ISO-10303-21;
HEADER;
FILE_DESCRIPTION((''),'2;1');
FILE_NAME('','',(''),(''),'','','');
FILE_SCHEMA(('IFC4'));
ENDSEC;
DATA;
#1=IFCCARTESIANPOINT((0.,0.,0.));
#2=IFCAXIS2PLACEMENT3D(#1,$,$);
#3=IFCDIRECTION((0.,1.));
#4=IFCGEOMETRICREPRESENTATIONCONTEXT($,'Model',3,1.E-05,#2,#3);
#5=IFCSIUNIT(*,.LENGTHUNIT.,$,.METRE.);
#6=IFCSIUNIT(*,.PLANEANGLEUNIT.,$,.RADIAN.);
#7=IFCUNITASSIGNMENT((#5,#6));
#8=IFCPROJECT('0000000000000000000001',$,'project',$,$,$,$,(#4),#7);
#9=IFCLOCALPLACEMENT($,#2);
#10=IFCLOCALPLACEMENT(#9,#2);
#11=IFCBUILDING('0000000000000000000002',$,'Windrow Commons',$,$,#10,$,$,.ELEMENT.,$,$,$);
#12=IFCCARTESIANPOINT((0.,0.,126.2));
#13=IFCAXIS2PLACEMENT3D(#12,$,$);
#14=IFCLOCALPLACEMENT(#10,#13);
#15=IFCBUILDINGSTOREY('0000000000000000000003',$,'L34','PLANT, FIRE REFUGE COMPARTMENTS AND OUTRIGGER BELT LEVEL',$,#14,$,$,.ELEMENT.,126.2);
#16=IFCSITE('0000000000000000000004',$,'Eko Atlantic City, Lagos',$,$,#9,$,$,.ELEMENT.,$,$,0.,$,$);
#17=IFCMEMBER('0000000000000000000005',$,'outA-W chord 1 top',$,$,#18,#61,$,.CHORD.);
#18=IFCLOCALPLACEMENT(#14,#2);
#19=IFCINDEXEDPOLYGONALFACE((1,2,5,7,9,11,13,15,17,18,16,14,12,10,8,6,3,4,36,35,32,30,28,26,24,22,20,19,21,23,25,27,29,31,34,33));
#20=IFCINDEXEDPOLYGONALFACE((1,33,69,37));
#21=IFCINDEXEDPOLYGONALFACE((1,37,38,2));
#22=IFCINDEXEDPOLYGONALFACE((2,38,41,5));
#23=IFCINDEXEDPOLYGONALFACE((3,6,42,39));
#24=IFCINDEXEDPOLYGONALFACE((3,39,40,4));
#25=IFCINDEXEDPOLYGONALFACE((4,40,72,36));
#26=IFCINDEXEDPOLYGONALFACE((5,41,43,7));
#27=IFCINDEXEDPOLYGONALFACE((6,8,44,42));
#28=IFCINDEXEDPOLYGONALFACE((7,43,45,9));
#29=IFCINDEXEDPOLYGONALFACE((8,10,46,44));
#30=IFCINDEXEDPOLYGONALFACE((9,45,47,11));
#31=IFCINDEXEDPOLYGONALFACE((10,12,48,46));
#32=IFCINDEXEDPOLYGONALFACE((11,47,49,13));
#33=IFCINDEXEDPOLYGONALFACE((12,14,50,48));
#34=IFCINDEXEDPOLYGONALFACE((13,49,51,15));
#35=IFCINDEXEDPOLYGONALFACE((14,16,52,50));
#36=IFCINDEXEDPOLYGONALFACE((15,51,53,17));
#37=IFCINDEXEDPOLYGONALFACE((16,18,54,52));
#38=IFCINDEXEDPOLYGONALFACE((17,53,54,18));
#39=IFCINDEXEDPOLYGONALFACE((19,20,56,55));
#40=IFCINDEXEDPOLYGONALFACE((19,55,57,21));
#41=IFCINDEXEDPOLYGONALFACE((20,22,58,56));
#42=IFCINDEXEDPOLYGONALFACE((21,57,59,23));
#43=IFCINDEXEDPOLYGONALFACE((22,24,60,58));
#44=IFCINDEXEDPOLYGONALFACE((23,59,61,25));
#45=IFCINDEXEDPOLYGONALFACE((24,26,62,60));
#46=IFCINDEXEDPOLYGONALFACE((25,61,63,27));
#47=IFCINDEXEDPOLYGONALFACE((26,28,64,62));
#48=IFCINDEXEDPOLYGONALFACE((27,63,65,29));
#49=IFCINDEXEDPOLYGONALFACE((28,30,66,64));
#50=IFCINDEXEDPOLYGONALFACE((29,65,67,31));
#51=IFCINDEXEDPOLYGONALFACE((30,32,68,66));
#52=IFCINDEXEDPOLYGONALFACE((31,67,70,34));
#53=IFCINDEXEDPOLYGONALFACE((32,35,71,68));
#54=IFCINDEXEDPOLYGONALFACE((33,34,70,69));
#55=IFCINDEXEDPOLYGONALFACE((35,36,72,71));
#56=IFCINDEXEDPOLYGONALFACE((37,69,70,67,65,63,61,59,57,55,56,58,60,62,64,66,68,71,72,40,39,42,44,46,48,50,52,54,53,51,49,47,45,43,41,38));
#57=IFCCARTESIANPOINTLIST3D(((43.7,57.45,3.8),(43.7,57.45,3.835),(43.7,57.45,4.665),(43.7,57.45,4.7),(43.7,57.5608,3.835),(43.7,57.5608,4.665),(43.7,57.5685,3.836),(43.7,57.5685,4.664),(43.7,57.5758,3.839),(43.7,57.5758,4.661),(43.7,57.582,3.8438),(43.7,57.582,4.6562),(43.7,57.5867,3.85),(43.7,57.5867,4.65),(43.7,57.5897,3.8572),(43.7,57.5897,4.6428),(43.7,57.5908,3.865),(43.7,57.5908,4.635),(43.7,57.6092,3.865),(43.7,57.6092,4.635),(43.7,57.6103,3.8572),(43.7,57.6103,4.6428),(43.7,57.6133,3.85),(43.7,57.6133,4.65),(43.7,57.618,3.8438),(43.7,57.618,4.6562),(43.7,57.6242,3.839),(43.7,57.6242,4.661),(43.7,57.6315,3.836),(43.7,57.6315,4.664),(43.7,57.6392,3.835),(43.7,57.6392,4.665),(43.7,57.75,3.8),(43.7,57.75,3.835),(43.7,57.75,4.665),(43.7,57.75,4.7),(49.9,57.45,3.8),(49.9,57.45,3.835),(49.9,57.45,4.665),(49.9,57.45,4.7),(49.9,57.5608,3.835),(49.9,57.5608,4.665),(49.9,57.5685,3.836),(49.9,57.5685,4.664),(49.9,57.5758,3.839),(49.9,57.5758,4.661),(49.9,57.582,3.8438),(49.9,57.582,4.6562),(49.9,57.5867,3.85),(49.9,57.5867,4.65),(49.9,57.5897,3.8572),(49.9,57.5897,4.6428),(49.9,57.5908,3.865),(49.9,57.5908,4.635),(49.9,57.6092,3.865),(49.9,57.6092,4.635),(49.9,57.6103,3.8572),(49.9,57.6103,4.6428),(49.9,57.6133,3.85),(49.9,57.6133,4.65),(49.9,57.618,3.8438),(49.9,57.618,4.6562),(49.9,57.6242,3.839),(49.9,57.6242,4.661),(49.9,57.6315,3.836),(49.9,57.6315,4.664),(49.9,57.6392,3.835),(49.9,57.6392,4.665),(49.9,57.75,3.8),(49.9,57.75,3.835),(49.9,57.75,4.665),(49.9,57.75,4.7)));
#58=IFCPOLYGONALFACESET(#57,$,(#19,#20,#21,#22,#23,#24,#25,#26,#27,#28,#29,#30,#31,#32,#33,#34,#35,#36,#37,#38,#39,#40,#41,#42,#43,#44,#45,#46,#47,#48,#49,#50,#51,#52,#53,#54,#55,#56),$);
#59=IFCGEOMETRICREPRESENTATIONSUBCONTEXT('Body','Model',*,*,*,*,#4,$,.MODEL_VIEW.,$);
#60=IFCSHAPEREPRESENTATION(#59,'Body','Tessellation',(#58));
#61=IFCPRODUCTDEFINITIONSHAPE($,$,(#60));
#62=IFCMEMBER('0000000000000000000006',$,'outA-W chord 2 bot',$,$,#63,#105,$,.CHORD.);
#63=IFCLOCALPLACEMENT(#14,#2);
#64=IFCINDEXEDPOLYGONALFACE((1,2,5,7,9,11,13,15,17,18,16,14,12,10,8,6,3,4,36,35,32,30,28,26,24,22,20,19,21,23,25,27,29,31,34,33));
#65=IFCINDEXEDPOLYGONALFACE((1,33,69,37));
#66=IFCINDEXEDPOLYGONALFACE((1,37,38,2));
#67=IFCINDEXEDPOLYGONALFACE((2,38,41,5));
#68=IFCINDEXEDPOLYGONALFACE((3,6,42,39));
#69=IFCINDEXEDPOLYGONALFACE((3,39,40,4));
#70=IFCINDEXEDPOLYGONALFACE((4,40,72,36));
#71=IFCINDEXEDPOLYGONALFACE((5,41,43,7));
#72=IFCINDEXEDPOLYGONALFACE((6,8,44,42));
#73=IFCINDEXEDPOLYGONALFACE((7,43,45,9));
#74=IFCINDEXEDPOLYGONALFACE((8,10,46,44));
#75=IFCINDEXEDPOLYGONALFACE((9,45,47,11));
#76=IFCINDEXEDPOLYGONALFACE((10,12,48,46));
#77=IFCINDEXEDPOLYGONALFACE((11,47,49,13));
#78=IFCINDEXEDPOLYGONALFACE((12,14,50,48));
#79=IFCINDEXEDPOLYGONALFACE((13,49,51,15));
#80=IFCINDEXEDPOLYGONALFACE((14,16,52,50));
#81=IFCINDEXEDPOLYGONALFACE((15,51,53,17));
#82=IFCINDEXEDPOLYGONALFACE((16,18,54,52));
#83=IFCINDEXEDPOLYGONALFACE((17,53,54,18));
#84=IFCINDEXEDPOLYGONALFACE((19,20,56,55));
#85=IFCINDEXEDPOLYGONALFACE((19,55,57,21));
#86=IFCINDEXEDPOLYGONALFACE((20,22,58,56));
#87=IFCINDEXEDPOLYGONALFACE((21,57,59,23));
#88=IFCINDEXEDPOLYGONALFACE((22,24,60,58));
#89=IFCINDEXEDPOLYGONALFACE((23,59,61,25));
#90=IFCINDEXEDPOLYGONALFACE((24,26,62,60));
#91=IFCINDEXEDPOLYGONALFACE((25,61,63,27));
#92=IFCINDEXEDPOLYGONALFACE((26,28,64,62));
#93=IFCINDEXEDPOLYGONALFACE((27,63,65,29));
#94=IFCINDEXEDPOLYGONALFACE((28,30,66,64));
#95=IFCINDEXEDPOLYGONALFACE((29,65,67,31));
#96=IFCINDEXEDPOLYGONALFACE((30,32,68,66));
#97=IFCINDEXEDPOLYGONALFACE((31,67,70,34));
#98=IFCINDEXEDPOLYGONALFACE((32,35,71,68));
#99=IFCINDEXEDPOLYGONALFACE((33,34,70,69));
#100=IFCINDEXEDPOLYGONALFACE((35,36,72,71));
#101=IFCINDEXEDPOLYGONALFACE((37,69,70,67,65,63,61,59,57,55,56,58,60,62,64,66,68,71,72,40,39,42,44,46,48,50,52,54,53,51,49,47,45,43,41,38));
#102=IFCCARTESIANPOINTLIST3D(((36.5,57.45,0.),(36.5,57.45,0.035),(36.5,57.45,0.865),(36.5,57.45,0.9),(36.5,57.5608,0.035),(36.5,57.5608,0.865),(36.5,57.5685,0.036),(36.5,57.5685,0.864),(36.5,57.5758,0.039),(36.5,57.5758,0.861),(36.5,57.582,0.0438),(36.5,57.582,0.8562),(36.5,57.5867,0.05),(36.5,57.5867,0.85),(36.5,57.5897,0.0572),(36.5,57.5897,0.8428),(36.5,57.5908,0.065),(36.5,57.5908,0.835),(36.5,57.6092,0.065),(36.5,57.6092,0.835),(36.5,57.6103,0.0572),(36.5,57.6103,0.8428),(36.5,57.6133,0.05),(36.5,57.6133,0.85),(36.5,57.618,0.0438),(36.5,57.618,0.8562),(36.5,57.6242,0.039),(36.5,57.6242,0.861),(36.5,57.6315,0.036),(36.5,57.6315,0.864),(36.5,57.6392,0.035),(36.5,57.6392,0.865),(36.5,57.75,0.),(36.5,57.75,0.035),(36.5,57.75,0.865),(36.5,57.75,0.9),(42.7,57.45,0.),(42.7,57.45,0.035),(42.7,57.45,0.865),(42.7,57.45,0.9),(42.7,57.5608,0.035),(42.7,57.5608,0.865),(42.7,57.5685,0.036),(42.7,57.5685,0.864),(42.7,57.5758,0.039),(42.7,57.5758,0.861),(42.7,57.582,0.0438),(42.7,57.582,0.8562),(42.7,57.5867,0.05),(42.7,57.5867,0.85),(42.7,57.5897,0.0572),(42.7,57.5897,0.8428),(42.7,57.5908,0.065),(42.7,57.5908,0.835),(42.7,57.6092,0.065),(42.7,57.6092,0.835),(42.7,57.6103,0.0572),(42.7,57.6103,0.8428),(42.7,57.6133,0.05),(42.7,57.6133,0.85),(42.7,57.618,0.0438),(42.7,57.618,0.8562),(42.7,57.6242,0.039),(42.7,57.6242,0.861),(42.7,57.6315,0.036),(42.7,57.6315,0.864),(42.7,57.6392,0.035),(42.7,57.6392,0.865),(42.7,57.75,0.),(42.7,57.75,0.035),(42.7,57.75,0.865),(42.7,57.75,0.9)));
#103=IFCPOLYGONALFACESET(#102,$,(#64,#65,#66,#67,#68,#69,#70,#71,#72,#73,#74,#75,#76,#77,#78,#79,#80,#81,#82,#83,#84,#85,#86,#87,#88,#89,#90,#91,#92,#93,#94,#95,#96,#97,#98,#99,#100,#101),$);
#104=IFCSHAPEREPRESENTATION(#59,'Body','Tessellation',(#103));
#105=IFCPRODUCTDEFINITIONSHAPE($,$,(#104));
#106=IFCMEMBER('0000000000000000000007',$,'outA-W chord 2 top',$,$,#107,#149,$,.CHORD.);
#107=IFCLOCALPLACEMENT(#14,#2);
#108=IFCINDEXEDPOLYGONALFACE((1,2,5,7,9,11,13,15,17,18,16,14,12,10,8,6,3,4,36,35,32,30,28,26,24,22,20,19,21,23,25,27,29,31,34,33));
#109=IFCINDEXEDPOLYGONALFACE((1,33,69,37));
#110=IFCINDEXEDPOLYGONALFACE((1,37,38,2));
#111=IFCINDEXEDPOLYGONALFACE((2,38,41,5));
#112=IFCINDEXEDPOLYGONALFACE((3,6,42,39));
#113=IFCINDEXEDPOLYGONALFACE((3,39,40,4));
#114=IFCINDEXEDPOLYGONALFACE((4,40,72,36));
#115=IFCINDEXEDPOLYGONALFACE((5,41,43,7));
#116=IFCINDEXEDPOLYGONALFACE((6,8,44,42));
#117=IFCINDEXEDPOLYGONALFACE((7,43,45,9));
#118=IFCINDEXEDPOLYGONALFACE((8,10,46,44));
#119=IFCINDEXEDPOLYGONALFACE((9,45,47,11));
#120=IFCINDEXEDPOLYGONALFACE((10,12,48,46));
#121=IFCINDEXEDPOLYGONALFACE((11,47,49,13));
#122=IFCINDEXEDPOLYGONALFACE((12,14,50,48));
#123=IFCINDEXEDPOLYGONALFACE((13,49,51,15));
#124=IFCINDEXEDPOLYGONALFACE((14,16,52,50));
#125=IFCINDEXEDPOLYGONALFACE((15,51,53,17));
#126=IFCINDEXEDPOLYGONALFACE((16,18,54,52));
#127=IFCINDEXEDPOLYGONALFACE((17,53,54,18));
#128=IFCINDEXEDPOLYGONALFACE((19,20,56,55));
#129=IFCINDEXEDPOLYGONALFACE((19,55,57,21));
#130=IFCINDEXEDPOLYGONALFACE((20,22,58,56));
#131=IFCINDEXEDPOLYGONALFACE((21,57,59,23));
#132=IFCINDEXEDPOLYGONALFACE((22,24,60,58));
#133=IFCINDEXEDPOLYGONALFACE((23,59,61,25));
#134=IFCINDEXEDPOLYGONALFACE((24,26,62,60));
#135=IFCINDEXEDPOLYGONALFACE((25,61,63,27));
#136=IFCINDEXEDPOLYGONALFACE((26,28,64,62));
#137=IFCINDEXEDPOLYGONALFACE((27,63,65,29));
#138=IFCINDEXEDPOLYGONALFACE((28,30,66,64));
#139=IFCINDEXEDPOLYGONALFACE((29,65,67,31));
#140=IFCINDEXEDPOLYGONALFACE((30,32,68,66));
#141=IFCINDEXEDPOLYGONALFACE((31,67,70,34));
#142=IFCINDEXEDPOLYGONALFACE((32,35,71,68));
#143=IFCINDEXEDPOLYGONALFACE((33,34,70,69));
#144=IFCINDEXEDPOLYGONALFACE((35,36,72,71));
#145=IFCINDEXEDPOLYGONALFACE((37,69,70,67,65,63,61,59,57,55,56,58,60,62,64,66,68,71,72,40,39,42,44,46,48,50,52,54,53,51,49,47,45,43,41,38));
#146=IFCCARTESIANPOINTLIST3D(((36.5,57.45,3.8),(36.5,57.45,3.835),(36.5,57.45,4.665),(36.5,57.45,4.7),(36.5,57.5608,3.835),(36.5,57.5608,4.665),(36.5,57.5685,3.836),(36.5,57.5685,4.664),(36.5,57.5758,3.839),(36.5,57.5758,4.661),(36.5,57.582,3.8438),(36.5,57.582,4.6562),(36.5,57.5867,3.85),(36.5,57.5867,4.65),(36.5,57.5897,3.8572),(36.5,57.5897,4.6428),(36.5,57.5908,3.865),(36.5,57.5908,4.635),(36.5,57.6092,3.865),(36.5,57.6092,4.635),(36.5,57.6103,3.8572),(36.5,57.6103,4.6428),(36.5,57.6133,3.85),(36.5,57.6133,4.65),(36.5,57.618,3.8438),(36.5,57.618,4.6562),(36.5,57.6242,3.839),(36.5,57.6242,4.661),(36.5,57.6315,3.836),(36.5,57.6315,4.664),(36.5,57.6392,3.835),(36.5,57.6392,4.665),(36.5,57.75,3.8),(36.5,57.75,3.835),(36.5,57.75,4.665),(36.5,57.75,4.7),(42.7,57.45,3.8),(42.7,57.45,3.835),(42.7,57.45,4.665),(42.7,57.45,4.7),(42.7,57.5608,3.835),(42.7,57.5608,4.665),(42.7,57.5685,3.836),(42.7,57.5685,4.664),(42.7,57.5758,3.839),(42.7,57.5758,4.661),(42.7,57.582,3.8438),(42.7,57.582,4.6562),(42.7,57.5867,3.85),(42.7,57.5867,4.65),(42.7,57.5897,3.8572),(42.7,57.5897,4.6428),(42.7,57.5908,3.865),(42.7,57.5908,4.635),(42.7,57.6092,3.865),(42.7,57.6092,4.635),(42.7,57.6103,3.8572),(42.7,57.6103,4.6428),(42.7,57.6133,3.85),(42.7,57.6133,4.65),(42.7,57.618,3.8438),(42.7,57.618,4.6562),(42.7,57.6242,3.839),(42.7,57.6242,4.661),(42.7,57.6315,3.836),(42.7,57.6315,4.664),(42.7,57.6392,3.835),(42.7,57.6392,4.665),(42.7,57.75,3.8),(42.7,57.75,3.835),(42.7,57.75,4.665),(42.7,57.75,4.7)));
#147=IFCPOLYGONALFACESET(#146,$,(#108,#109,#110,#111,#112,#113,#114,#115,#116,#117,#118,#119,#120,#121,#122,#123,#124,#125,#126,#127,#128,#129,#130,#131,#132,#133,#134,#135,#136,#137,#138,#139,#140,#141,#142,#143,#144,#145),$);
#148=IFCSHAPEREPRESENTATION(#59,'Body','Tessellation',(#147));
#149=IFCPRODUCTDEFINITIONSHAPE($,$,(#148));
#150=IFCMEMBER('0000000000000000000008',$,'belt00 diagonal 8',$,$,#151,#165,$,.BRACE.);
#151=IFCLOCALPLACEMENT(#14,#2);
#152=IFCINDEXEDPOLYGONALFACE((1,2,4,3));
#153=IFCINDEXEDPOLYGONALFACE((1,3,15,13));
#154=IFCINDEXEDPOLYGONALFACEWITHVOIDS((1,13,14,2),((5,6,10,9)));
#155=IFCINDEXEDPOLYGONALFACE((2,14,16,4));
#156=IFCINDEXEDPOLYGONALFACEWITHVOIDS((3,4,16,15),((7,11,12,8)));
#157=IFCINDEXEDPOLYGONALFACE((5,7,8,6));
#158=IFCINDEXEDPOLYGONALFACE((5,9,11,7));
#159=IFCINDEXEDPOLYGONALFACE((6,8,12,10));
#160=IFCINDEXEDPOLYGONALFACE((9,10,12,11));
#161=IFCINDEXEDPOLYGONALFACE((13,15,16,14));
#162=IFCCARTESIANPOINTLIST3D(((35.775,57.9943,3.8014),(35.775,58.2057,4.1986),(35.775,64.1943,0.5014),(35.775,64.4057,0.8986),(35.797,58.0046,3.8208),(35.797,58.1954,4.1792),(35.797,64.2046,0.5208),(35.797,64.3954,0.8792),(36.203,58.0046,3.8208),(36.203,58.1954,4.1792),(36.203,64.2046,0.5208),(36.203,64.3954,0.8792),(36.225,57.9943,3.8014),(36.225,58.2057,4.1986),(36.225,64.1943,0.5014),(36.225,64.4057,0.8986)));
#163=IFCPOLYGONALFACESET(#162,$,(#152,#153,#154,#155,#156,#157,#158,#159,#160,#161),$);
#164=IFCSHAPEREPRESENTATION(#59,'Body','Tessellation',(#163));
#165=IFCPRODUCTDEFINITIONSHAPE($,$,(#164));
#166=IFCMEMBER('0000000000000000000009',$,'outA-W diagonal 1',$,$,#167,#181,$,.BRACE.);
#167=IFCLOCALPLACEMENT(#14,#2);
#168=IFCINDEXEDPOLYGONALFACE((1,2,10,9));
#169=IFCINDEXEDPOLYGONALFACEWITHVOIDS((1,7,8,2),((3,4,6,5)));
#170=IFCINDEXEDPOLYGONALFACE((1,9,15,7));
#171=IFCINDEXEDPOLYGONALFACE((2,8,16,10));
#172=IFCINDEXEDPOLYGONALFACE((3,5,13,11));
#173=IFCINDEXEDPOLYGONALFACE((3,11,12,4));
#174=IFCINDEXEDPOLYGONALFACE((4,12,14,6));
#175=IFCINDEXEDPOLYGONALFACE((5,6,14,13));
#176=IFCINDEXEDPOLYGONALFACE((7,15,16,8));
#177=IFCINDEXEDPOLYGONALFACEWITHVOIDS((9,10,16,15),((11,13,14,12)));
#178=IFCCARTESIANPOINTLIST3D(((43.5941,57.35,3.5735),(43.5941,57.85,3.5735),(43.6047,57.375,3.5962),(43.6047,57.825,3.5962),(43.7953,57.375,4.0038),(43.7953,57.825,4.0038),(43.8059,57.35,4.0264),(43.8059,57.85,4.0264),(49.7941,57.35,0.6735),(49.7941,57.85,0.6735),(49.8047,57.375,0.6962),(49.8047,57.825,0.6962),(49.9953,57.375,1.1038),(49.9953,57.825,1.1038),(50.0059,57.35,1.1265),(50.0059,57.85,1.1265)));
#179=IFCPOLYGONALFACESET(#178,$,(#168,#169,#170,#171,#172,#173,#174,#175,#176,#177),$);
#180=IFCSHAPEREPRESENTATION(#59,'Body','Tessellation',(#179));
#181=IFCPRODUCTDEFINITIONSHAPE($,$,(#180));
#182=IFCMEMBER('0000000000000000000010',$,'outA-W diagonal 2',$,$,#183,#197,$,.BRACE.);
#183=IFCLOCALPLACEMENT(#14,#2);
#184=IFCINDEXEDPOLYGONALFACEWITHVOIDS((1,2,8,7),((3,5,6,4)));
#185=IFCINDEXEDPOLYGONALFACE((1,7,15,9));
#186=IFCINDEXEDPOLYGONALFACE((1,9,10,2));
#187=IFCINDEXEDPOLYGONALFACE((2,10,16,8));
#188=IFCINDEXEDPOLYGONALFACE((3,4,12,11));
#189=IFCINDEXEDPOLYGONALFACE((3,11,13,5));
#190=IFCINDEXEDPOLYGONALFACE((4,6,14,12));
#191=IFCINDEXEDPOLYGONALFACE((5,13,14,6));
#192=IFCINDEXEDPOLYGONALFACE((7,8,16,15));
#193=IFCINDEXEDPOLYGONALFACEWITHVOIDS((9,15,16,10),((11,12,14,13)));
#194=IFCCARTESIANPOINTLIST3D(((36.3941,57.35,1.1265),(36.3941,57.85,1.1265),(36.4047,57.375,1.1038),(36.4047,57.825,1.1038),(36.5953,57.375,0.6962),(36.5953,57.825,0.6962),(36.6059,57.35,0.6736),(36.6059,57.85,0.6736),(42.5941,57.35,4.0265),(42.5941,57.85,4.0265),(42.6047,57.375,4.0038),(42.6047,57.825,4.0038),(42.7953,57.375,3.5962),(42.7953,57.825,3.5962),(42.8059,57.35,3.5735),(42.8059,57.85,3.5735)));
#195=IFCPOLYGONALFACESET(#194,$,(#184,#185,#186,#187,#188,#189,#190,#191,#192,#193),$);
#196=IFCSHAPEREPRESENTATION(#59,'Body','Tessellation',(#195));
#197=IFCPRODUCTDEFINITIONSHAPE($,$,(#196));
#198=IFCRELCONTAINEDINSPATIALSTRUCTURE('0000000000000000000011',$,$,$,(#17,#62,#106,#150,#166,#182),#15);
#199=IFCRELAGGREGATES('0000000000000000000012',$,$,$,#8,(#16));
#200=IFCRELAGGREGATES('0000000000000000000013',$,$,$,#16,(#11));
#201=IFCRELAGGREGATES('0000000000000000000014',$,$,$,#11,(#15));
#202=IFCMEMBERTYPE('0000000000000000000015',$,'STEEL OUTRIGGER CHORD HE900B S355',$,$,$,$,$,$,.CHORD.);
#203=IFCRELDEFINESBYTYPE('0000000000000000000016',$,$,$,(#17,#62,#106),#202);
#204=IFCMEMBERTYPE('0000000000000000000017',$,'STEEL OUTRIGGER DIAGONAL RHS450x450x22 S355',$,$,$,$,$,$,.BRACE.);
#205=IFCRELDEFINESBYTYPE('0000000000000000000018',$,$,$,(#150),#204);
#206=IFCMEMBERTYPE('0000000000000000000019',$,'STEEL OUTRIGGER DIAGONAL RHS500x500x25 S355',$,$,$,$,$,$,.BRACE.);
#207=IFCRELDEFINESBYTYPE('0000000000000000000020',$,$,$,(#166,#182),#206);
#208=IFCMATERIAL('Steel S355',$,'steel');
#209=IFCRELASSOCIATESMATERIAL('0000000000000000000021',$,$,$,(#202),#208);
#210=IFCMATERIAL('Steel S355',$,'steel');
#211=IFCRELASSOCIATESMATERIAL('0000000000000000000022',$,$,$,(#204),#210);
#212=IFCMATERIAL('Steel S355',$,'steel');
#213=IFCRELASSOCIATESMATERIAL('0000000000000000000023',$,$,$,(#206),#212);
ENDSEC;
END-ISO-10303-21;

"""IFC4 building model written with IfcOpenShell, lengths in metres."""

from ifc_helpers import new_model, si_unit, direction, frame, origin, origin_2d, place, context, subcontext, project, spatial, hollow_rectangle, i_section, extrude, material, material_profile, profile_set, type_object, element, save


model = new_model("IFC4")

# Units and contexts
model_context = context("Model", 3, precision=1e-05, world=origin(), true_north=direction((0.0, 1.0)))
body_context = subcontext(model_context, "Body", "Model", "MODEL_VIEW")
ifc_project = project(units=[si_unit("LENGTHUNIT", "METRE"), si_unit("PLANEANGLEUNIT", "RADIAN")], contexts=[model_context])

# Site, building, storey
site_placement = place(None, origin())
site = spatial("IfcSite", under=ifc_project, at=site_placement, Name="Eko Atlantic City, Lagos", CompositionType="ELEMENT", RefElevation=0.0)
building_placement = place(site_placement, origin())
building = spatial("IfcBuilding", under=site, at=building_placement, Name="Windrow Commons", CompositionType="ELEMENT")
storey_placement = place(building_placement, frame((0.0, 0.0, 126.2)))
storey = spatial("IfcBuildingStorey", under=building, at=storey_placement, Name="L34", Description="PLANT, FIRE REFUGE COMPARTMENTS AND OUTRIGGER BELT LEVEL", CompositionType="ELEMENT", Elevation=126.2)

# Members
ifc_material_1 = material(Name="Steel S355", Category="steel")
ifc_material_profile_1 = material_profile(ifc_material_1, i_section(OverallWidth=0.3, OverallDepth=0.9, WebThickness=0.0185, FlangeThickness=0.035, FilletRadius=0.03, at=origin_2d()))
ifc_profile_set_1 = profile_set([ifc_material_profile_1], Name="Steel S355")
member_type_1 = type_object("IfcMemberType", Name="STEEL OUTRIGGER CHORD HE900B S355", PredefinedType="CHORD", material=ifc_profile_set_1)
for number, where, z_axis, x_axis, name in (
    (1, (49.9, 57.6, 4.25), (-1.0, 0.0, 0.0), (0.0, -1.0, 0.0), "outA-W chord 1 top"),
    (2, (42.7, 57.6, 0.45), (-1.0, 0.0, 0.0), (0.0, -1.0, 0.0), "outA-W chord 2 bot"),
    (3, (42.7, 57.6, 4.25), (-1.0, 0.0, 0.0), (0.0, -1.0, 0.0), "outA-W chord 2 top"),
):
    element("IfcMember", number, at=place(storey_placement, frame(where, z_axis=z_axis, x_axis=x_axis)), inside=storey, type_object=member_type_1, Name=name, PredefinedType="CHORD", context=body_context, shape_type="SweptSolid", body=[
        extrude(i_section(OverallWidth=0.3, OverallDepth=0.9, WebThickness=0.0185, FlangeThickness=0.035, FilletRadius=0.03, at=origin_2d()), origin(), (0.0, 0.0, 1.0), 6.2),
    ])
ifc_material_2 = material(Name="Steel S355", Category="steel")
ifc_material_profile_2 = material_profile(ifc_material_2, hollow_rectangle(XDim=0.45, YDim=0.45, WallThickness=0.022, at=origin_2d()))
ifc_profile_set_2 = profile_set([ifc_material_profile_2], Name="Steel S355")
member_type_2 = type_object("IfcMemberType", Name="STEEL OUTRIGGER DIAGONAL RHS450x450x22 S355", PredefinedType="BRACE", material=ifc_profile_set_2)
member_placement = place(storey_placement, frame((36.0, 58.1, 4.0), z_axis=(0.0, 0.882747, -0.469849), x_axis=(-1.0, 0.0, 0.0)))
element("IfcMember", 4, at=member_placement, inside=storey, type_object=member_type_2, Name="belt00 diagonal 8", PredefinedType="BRACE", context=body_context, shape_type="SweptSolid", body=[
    extrude(hollow_rectangle(XDim=0.45, YDim=0.45, WallThickness=0.022, at=origin_2d()), origin(), (0.0, 0.0, 1.0), 7.0235),
])
ifc_material_3 = material(Name="Steel S355", Category="steel")
ifc_material_profile_3 = material_profile(ifc_material_3, hollow_rectangle(XDim=0.5, YDim=0.5, WallThickness=0.025, at=origin_2d()))
ifc_profile_set_3 = profile_set([ifc_material_profile_3], Name="Steel S355")
member_type_3 = type_object("IfcMemberType", Name="STEEL OUTRIGGER DIAGONAL RHS500x500x25 S355", PredefinedType="BRACE", material=ifc_profile_set_3)
for number, where, z_axis, x_axis, name in (
    (5, (49.9, 57.6, 0.9), (-0.90581, 0.0, 0.423685), (0.0, -1.0, 0.0), "outA-W diagonal 1"),
    (6, (42.7, 57.6, 3.8), (-0.90581, 0.0, -0.423685), (0.0, -1.0, 0.0), "outA-W diagonal 2"),
):
    element("IfcMember", number, at=place(storey_placement, frame(where, z_axis=z_axis, x_axis=x_axis)), inside=storey, type_object=member_type_3, Name=name, PredefinedType="BRACE", context=body_context, shape_type="SweptSolid", body=[
        extrude(hollow_rectangle(XDim=0.5, YDim=0.5, WallThickness=0.025, at=origin_2d()), origin(), (0.0, 0.0, 1.0), 6.8447),
    ])

save(model, "model.ifc")
